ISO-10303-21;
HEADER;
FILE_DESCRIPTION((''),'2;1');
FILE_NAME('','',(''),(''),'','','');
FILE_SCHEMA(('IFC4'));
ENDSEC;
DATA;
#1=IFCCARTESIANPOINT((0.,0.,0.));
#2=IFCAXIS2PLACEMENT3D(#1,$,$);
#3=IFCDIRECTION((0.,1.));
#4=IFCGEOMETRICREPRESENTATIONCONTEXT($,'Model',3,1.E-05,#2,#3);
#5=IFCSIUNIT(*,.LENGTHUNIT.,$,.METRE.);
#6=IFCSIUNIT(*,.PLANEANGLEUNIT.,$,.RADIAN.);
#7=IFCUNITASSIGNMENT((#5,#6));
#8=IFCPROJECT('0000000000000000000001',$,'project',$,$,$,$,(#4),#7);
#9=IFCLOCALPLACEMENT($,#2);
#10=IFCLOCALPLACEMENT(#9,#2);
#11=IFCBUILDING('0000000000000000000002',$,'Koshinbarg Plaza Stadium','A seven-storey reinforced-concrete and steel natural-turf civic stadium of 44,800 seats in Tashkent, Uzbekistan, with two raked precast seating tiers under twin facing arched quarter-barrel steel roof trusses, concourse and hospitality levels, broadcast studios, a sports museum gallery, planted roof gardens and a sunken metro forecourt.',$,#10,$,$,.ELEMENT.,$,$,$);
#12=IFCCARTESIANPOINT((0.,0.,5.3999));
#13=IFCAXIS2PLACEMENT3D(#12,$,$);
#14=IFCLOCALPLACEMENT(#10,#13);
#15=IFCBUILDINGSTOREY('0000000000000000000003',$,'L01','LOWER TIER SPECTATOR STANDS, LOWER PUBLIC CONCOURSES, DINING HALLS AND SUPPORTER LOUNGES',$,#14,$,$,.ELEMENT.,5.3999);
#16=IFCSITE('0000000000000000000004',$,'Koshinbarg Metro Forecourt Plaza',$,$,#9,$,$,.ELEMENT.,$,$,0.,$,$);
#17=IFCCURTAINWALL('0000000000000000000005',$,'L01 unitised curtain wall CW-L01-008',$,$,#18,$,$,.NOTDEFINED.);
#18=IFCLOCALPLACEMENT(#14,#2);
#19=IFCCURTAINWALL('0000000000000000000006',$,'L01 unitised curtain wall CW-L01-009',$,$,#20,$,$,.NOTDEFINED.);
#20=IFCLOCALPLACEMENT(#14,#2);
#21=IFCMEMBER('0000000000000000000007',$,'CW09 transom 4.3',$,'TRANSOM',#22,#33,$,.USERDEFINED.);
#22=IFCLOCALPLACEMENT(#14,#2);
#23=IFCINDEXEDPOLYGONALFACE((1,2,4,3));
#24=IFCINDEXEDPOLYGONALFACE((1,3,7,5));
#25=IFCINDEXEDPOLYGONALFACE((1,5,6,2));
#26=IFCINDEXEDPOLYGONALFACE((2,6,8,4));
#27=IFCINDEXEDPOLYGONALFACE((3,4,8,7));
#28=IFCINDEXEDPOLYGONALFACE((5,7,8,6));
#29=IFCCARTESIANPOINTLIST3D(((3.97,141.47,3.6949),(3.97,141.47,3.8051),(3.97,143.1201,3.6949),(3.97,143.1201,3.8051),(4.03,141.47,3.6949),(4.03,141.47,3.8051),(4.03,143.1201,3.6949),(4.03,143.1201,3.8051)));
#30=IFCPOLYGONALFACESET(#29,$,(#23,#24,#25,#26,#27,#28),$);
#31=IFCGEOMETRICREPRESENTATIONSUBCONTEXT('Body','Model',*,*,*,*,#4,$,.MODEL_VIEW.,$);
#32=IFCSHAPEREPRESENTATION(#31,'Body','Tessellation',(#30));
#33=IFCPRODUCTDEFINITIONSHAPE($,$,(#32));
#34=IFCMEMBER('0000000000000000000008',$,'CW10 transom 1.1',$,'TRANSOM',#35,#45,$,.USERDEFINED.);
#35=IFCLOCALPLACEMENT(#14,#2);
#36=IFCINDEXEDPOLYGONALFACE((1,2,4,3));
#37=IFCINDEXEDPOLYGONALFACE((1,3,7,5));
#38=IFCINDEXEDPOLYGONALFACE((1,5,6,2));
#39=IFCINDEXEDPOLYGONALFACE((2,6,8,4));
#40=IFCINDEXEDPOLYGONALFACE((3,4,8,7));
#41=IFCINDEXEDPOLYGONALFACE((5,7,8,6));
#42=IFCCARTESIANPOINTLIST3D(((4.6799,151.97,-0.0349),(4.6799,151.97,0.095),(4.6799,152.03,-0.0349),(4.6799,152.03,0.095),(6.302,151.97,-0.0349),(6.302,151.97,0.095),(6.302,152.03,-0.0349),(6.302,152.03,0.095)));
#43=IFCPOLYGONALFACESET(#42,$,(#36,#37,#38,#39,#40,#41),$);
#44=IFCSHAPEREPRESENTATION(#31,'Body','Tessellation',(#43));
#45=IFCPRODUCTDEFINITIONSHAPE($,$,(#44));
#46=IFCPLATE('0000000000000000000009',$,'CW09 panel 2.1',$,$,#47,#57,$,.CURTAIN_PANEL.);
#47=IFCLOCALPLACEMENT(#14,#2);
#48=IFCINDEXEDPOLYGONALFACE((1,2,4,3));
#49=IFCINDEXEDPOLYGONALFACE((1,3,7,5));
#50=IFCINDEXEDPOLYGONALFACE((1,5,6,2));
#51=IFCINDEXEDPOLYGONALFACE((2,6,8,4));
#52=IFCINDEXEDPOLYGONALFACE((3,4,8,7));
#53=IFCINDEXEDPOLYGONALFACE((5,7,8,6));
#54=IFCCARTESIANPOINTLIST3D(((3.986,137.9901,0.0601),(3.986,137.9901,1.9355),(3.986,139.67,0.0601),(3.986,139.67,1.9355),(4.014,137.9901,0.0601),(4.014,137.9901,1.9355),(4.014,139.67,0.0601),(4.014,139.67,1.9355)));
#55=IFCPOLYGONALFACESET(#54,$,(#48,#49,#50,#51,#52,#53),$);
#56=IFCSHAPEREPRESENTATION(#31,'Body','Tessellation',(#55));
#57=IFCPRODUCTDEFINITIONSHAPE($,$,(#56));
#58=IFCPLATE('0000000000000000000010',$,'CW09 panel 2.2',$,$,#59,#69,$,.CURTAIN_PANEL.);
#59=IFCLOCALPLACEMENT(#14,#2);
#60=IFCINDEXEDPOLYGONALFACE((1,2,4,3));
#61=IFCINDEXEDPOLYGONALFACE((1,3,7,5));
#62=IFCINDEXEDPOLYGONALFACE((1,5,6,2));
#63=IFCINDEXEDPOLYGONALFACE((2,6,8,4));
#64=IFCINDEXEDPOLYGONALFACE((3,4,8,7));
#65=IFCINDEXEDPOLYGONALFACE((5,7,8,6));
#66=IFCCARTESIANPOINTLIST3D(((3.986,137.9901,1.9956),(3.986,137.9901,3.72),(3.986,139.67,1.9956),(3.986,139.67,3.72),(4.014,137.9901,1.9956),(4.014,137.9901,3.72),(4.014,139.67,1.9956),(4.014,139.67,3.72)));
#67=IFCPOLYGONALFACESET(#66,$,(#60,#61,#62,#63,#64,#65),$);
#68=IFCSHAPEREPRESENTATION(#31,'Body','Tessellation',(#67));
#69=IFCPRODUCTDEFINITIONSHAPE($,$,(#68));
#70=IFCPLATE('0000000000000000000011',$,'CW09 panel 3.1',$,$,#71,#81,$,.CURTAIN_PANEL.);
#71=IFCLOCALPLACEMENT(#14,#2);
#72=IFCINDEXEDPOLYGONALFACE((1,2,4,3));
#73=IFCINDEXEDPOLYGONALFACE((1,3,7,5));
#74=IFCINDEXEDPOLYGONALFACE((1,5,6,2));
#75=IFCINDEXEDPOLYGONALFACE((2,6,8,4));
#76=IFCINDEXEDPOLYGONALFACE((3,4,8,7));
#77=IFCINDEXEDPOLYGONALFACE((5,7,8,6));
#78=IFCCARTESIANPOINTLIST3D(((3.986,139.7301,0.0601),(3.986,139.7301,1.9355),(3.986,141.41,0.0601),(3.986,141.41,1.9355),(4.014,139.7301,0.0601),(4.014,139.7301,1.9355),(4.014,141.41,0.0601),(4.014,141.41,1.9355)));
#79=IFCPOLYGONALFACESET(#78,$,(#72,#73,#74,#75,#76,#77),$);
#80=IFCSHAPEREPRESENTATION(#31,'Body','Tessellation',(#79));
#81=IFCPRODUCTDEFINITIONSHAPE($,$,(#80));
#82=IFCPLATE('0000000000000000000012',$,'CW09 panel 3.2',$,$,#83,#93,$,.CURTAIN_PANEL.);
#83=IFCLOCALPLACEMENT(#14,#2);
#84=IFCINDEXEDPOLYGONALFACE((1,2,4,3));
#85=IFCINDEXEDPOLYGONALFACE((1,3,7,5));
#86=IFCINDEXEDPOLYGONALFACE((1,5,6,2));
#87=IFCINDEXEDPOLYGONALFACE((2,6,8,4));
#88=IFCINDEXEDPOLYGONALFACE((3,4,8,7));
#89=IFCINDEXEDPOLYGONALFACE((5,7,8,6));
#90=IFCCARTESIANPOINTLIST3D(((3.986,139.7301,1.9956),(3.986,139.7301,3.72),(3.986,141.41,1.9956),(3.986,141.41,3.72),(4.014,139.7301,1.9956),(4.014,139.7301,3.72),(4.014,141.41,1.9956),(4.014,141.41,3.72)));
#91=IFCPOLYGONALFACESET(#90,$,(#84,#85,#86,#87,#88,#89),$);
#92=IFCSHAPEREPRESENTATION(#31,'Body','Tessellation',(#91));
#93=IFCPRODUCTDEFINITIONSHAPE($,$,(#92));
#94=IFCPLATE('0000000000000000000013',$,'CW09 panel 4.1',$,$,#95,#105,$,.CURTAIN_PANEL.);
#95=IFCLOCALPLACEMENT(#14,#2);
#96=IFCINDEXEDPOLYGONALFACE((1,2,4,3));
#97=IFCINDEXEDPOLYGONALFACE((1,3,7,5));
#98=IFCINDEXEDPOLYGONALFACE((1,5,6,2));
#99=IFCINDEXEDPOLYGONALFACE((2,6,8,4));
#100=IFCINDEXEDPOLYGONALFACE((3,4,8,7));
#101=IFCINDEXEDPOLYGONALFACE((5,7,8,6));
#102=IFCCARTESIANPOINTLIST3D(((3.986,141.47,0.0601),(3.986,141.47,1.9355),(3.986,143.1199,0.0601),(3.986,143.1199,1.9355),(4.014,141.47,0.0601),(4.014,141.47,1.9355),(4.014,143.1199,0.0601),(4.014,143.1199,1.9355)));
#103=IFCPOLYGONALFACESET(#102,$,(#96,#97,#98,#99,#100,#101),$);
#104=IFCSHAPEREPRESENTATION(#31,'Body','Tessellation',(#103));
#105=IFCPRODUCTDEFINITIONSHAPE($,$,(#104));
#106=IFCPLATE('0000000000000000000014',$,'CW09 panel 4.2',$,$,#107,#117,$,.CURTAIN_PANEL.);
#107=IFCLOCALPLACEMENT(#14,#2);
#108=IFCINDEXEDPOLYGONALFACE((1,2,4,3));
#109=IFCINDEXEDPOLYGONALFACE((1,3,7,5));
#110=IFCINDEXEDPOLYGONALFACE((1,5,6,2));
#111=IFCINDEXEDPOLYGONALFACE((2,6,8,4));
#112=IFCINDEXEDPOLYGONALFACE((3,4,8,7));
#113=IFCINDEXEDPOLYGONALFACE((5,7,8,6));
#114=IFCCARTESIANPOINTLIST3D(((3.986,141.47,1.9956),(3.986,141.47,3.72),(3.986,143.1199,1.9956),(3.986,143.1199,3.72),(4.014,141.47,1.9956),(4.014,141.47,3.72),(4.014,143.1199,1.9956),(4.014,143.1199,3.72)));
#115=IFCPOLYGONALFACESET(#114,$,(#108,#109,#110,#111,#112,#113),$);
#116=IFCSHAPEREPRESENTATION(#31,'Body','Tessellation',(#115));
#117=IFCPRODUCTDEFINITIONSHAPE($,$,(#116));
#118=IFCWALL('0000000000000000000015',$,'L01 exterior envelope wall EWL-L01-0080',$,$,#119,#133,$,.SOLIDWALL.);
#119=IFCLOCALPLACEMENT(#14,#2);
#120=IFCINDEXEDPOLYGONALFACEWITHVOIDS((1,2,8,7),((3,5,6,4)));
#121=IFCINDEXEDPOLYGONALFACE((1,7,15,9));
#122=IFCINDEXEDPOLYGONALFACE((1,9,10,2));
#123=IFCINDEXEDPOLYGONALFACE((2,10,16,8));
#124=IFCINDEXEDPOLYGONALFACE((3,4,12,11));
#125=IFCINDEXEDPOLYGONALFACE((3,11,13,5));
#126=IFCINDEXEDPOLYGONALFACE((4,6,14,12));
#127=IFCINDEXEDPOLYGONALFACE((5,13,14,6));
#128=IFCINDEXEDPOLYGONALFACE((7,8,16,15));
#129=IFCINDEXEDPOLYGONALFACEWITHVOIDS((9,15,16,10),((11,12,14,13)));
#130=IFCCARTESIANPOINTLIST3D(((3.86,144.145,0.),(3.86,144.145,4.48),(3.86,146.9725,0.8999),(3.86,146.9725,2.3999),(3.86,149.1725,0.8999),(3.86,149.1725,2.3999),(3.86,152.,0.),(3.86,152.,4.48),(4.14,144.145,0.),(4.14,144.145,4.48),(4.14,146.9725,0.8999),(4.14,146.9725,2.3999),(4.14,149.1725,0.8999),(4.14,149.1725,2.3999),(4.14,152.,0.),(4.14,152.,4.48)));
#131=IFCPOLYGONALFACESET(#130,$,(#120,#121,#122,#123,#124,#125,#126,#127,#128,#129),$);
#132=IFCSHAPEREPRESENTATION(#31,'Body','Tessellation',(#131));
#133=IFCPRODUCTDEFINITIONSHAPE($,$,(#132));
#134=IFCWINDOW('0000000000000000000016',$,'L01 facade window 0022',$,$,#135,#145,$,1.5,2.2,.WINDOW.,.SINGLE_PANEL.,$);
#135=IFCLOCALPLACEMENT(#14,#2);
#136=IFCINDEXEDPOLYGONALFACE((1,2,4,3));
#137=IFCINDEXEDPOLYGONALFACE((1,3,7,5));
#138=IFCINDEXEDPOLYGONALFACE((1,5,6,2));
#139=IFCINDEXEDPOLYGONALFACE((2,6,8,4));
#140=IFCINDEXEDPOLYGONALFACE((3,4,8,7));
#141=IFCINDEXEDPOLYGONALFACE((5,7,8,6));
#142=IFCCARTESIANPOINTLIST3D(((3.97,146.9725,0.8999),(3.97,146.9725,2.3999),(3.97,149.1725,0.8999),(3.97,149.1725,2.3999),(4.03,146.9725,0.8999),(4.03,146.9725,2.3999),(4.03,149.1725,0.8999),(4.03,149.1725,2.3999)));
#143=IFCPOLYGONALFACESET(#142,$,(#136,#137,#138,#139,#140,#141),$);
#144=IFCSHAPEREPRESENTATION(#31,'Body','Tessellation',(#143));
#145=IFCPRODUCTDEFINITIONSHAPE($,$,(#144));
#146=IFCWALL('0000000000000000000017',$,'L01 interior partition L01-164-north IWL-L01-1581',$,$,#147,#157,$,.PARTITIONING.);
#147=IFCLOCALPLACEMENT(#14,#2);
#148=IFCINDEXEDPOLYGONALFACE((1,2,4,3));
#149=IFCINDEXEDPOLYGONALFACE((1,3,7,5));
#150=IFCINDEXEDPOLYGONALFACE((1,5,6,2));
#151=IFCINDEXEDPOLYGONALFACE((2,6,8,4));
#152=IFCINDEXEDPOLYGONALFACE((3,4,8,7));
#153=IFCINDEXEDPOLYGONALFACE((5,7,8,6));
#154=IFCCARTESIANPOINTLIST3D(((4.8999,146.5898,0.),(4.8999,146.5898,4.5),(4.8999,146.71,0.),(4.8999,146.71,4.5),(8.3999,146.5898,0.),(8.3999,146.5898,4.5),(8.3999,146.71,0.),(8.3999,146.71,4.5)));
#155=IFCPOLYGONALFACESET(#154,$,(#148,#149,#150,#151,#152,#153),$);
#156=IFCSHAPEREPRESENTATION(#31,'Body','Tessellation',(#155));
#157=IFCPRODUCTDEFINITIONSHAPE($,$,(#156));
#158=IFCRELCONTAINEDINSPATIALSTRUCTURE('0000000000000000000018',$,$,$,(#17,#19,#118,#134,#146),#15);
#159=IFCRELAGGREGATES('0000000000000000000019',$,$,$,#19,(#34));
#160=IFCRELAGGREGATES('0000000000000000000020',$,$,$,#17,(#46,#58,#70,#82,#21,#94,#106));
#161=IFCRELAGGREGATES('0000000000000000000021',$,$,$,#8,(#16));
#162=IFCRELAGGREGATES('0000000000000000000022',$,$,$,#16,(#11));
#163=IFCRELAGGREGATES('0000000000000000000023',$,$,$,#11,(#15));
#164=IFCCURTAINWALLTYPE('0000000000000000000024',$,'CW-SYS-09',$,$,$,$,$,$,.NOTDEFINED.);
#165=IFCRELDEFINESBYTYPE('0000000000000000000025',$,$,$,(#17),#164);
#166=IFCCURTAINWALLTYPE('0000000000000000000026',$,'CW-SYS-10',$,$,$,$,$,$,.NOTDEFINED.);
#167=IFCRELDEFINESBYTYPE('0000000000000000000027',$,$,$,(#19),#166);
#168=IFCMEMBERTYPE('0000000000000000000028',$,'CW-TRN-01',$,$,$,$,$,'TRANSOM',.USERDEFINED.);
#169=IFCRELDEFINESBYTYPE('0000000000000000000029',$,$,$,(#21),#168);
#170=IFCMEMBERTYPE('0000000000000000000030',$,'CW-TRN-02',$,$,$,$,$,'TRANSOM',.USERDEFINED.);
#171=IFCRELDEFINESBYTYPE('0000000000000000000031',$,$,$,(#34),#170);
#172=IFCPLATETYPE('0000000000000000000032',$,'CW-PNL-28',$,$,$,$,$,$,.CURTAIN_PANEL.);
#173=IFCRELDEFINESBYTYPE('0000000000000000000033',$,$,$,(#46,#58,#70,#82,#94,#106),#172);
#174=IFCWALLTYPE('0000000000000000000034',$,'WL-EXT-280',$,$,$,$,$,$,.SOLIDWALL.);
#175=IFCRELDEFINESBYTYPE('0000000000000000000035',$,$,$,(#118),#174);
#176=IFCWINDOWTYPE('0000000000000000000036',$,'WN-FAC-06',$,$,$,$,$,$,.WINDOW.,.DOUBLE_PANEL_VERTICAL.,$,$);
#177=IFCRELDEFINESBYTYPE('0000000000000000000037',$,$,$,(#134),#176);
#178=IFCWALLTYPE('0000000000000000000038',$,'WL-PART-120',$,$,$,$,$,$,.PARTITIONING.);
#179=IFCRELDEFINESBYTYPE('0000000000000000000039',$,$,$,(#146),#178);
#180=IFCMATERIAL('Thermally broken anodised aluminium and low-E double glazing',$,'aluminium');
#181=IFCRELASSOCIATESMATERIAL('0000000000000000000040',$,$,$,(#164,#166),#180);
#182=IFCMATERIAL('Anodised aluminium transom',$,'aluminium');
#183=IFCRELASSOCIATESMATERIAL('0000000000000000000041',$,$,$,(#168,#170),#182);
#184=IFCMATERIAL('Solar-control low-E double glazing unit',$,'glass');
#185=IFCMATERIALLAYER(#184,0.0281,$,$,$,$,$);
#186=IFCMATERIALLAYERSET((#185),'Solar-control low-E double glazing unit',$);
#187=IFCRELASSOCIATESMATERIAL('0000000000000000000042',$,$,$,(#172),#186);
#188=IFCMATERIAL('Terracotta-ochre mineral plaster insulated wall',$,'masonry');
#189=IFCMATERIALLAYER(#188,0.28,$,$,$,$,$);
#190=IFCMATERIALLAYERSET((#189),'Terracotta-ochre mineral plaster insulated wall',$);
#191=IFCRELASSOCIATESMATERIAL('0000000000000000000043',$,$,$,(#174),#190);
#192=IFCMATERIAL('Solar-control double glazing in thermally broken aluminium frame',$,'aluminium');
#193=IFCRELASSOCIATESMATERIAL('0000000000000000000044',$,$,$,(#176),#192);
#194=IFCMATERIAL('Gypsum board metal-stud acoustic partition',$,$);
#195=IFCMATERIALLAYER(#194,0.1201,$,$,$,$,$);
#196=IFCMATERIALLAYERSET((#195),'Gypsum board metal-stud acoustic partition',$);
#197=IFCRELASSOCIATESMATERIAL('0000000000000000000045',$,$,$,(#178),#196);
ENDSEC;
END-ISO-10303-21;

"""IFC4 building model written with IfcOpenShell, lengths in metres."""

from ifc_helpers import new_model, si_unit, direction, frame, frame_2d, origin, origin_2d, place, context, subcontext, project, spatial, rectangle, extrude, material, layer, layer_set, material_profile, profile_set, type_object, element, fill, aggregate, save


model = new_model("IFC4")

# Units and contexts
model_context = context("Model", 3, precision=1e-05, world=origin(), true_north=direction((0.0, 1.0)))
body_context = subcontext(model_context, "Body", "Model", "MODEL_VIEW")
ifc_project = project(units=[si_unit("LENGTHUNIT", "METRE"), si_unit("PLANEANGLEUNIT", "RADIAN")], contexts=[model_context])

# Site, building, storey
site_placement = place(None, origin())
site = spatial("IfcSite", under=ifc_project, at=site_placement, Name="Koshinbarg Metro Forecourt Plaza", CompositionType="ELEMENT", RefElevation=0.0)
building_placement = place(site_placement, origin())
building = spatial("IfcBuilding", under=site, at=building_placement, Name="Koshinbarg Plaza Stadium", Description="A seven-storey reinforced-concrete and steel natural-turf civic stadium of 44,800 seats in Tashkent, Uzbekistan, with two raked precast seating tiers under twin facing arched quarter-barrel steel roof trusses, concourse and hospitality levels, broadcast studios, a sports museum gallery, planted roof gardens and a sunken metro forecourt.", CompositionType="ELEMENT")
storey_placement = place(building_placement, frame((0.0, 0.0, 5.3999)))
storey = spatial("IfcBuildingStorey", under=building, at=storey_placement, Name="L01", Description="LOWER TIER SPECTATOR STANDS, LOWER PUBLIC CONCOURSES, DINING HALLS AND SUPPORTER LOUNGES", CompositionType="ELEMENT", Elevation=5.3999)

# Curtain wall
ifc_material_1 = material(Name="Thermally broken anodised aluminium and low-E double glazing", Category="aluminium")
curtain_wall_type_1 = type_object("IfcCurtainWallType", Name="CW-SYS-09", PredefinedType="NOTDEFINED", material=ifc_material_1)
curtain_wall_1_placement = place(storey_placement, origin())
curtain_wall_1 = element("IfcCurtainWall", 1, at=curtain_wall_1_placement, inside=storey, type_object=curtain_wall_type_1, Name="L01 unitised curtain wall CW-L01-008", PredefinedType="NOTDEFINED")

# Curtain wall
curtain_wall_type_2 = type_object("IfcCurtainWallType", Name="CW-SYS-10", PredefinedType="NOTDEFINED", material=ifc_material_1)
curtain_wall_2_placement = place(storey_placement, origin())
curtain_wall_2 = element("IfcCurtainWall", 2, at=curtain_wall_2_placement, inside=storey, type_object=curtain_wall_type_2, Name="L01 unitised curtain wall CW-L01-009", PredefinedType="NOTDEFINED")

# Members
ifc_material_2 = material(Name="Anodised aluminium transom", Category="aluminium")
ifc_material_profile_1 = material_profile(ifc_material_2, rectangle(XDim=0.0601, YDim=0.1101, at=origin_2d()), Name="ALU 60x110")
ifc_profile_set_1 = profile_set([ifc_material_profile_1], Name="Anodised aluminium transom")
member_type_1 = type_object("IfcMemberType", Name="CW-TRN-01", ElementType="TRANSOM", PredefinedType="USERDEFINED", material=ifc_profile_set_1)
member_1_placement = place(storey_placement, frame((4.0, 141.47, 3.75), z_axis=(0.0, 1.0, 0.0), x_axis=(-1.0, 0.0, 0.0)))
member_1 = element("IfcMember", 3, at=member_1_placement, type_object=member_type_1, Name="CW09 transom 4.3", ObjectType="TRANSOM", PredefinedType="USERDEFINED", context=body_context, shape_type="SweptSolid", body=[
    extrude(rectangle(XDim=0.0601, YDim=0.1101, at=origin_2d()), origin(), (0.0, 0.0, 1.0), 1.6501),
])
ifc_material_profile_2 = material_profile(ifc_material_2, rectangle(XDim=0.0601, YDim=0.1299, at=origin_2d()), Name="ALU 60x130")
ifc_profile_set_2 = profile_set([ifc_material_profile_2], Name="Anodised aluminium transom")
member_type_2 = type_object("IfcMemberType", Name="CW-TRN-02", ElementType="TRANSOM", PredefinedType="USERDEFINED", material=ifc_profile_set_2)
member_2_placement = place(storey_placement, frame((4.6799, 152.0, 0.03), z_axis=(1.0, 0.0, 0.0), x_axis=(0.0, 1.0, 0.0)))
member_2 = element("IfcMember", 4, at=member_2_placement, type_object=member_type_2, Name="CW10 transom 1.1", ObjectType="TRANSOM", PredefinedType="USERDEFINED", context=body_context, shape_type="SweptSolid", body=[
    extrude(rectangle(XDim=0.0601, YDim=0.1299, at=origin_2d()), origin(), (0.0, 0.0, 1.0), 1.6221),
])
aggregate(curtain_wall_2, [member_2])

# Plates
ifc_material_3 = material(Name="Solar-control low-E double glazing unit", Category="glass")
ifc_layer_1 = layer(ifc_material_3, 0.0281)
ifc_layer_set_1 = layer_set([ifc_layer_1], Name="Solar-control low-E double glazing unit")
plate_type = type_object("IfcPlateType", Name="CW-PNL-28", PredefinedType="CURTAIN_PANEL", material=ifc_layer_set_1)
plate_1_placement = place(storey_placement, frame((4.0, 138.8301, 0.0601), z_axis=(0.0, 0.0, 1.0), x_axis=(0.0, 1.0, 0.0)))
plate_1 = element("IfcPlate", 5, at=plate_1_placement, type_object=plate_type, Name="CW09 panel 2.1", PredefinedType="CURTAIN_PANEL", context=body_context, shape_type="SweptSolid", body=[
    extrude(rectangle(XDim=1.6799, YDim=0.0281, at=origin_2d()), origin(), (0.0, 0.0, 1.0), 1.8755),
])
plate_2_placement = place(storey_placement, frame((4.0, 138.8301, 1.9956), z_axis=(0.0, 0.0, 1.0), x_axis=(0.0, 1.0, 0.0)))
plate_2 = element("IfcPlate", 6, at=plate_2_placement, type_object=plate_type, Name="CW09 panel 2.2", PredefinedType="CURTAIN_PANEL", context=body_context, shape_type="SweptSolid", body=[
    extrude(rectangle(XDim=1.6799, YDim=0.0281, at=origin_2d()), origin(), (0.0, 0.0, 1.0), 1.7244),
])
plate_3_placement = place(storey_placement, frame((4.0, 140.5701, 0.0601), z_axis=(0.0, 0.0, 1.0), x_axis=(0.0, 1.0, 0.0)))
plate_3 = element("IfcPlate", 7, at=plate_3_placement, type_object=plate_type, Name="CW09 panel 3.1", PredefinedType="CURTAIN_PANEL", context=body_context, shape_type="SweptSolid", body=[
    extrude(rectangle(XDim=1.6799, YDim=0.0281, at=origin_2d()), origin(), (0.0, 0.0, 1.0), 1.8755),
])
plate_4_placement = place(storey_placement, frame((4.0, 140.5701, 1.9956), z_axis=(0.0, 0.0, 1.0), x_axis=(0.0, 1.0, 0.0)))
plate_4 = element("IfcPlate", 8, at=plate_4_placement, type_object=plate_type, Name="CW09 panel 3.2", PredefinedType="CURTAIN_PANEL", context=body_context, shape_type="SweptSolid", body=[
    extrude(rectangle(XDim=1.6799, YDim=0.0281, at=origin_2d()), origin(), (0.0, 0.0, 1.0), 1.7244),
])
plate_5_placement = place(storey_placement, frame((4.0, 142.2949, 0.0601), z_axis=(0.0, 0.0, 1.0), x_axis=(0.0, 1.0, 0.0)))
plate_5 = element("IfcPlate", 9, at=plate_5_placement, type_object=plate_type, Name="CW09 panel 4.1", PredefinedType="CURTAIN_PANEL", context=body_context, shape_type="SweptSolid", body=[
    extrude(rectangle(XDim=1.6499, YDim=0.0281, at=origin_2d()), origin(), (0.0, 0.0, 1.0), 1.8755),
])
plate_6_placement = place(storey_placement, frame((4.0, 142.2949, 1.9956), z_axis=(0.0, 0.0, 1.0), x_axis=(0.0, 1.0, 0.0)))
plate_6 = element("IfcPlate", 10, at=plate_6_placement, type_object=plate_type, Name="CW09 panel 4.2", PredefinedType="CURTAIN_PANEL", context=body_context, shape_type="SweptSolid", body=[
    extrude(rectangle(XDim=1.6499, YDim=0.0281, at=origin_2d()), origin(), (0.0, 0.0, 1.0), 1.7244),
])
aggregate(curtain_wall_1, [plate_1, plate_2, plate_3, plate_4, member_1, plate_5, plate_6])

# Wall, opening, window
ifc_material_4 = material(Name="Terracotta-ochre mineral plaster insulated wall", Category="masonry")
ifc_layer_2 = layer(ifc_material_4, 0.28)
ifc_layer_set_2 = layer_set([ifc_layer_2], Name="Terracotta-ochre mineral plaster insulated wall")
wall_type_1 = type_object("IfcWallType", Name="WL-EXT-280", PredefinedType="SOLIDWALL", material=ifc_layer_set_2)
wall_1_placement = place(storey_placement, frame((4.0, 144.145, 0.0), z_axis=(0.0, 0.0, 1.0), x_axis=(0.0, 1.0, 0.0)))
wall_1 = element("IfcWall", 11, at=wall_1_placement, inside=storey, type_object=wall_type_1, Name="L01 exterior envelope wall EWL-L01-0080", PredefinedType="SOLIDWALL", context=body_context, shape_type="SweptSolid", body=[
    extrude(rectangle(XDim=7.855, YDim=0.28, at=frame_2d((3.9275, 0.0))), origin(), (0.0, 0.0, 1.0), 4.48),
])
opening_1_placement = place(wall_1_placement, frame((2.8274, 0.0, 0.8999)))
opening_1 = element("IfcOpeningElement", 12, at=opening_1_placement, cuts=wall_1, PredefinedType="OPENING", context=body_context, shape_type="SweptSolid", body=[
    extrude(rectangle(XDim=2.2, YDim=1.5, at=frame_2d((1.1001, 0.75))), frame((0.0, 0.1499, 0.0), z_axis=(0.0, -1.0, 0.0), x_axis=(1.0, 0.0, 0.0)), (0.0, 0.0, 1.0), 0.3),
])
ifc_material_5 = material(Name="Solar-control double glazing in thermally broken aluminium frame", Category="aluminium")
window_type = type_object("IfcWindowType", Name="WN-FAC-06", PartitioningType="DOUBLE_PANEL_VERTICAL", PredefinedType="WINDOW", material=ifc_material_5)
window_placement = place(opening_1_placement, origin())
window = element("IfcWindow", 13, at=window_placement, inside=storey, type_object=window_type, Name="L01 facade window 0022", OverallHeight=1.5, OverallWidth=2.2, PartitioningType="SINGLE_PANEL", PredefinedType="WINDOW", context=body_context, shape_type="SweptSolid", body=[
    extrude(rectangle(XDim=2.2, YDim=1.5, at=frame_2d((1.1001, 0.75))), frame((0.0, 0.03, 0.0), z_axis=(0.0, -1.0, 0.0), x_axis=(1.0, 0.0, 0.0)), (0.0, 0.0, 1.0), 0.0601),
])
fill(opening_1, window)

# Wall
ifc_material_6 = material(Name="Gypsum board metal-stud acoustic partition")
ifc_layer_3 = layer(ifc_material_6, 0.1201)
ifc_layer_set_3 = layer_set([ifc_layer_3], Name="Gypsum board metal-stud acoustic partition")
wall_type_2 = type_object("IfcWallType", Name="WL-PART-120", PredefinedType="PARTITIONING", material=ifc_layer_set_3)
wall_2_placement = place(storey_placement, frame((8.3999, 146.6499, 0.0), z_axis=(0.0, 0.0, 1.0), x_axis=(-1.0, 0.0, 0.0)))
element("IfcWall", 14, at=wall_2_placement, inside=storey, type_object=wall_type_2, Name="L01 interior partition L01-164-north IWL-L01-1581", PredefinedType="PARTITIONING", context=body_context, shape_type="SweptSolid", body=[
    extrude(rectangle(XDim=3.5, YDim=0.1201, at=frame_2d((1.75, 0.0))), origin(), (0.0, 0.0, 1.0), 4.5),
])

save(model, "model.ifc")
